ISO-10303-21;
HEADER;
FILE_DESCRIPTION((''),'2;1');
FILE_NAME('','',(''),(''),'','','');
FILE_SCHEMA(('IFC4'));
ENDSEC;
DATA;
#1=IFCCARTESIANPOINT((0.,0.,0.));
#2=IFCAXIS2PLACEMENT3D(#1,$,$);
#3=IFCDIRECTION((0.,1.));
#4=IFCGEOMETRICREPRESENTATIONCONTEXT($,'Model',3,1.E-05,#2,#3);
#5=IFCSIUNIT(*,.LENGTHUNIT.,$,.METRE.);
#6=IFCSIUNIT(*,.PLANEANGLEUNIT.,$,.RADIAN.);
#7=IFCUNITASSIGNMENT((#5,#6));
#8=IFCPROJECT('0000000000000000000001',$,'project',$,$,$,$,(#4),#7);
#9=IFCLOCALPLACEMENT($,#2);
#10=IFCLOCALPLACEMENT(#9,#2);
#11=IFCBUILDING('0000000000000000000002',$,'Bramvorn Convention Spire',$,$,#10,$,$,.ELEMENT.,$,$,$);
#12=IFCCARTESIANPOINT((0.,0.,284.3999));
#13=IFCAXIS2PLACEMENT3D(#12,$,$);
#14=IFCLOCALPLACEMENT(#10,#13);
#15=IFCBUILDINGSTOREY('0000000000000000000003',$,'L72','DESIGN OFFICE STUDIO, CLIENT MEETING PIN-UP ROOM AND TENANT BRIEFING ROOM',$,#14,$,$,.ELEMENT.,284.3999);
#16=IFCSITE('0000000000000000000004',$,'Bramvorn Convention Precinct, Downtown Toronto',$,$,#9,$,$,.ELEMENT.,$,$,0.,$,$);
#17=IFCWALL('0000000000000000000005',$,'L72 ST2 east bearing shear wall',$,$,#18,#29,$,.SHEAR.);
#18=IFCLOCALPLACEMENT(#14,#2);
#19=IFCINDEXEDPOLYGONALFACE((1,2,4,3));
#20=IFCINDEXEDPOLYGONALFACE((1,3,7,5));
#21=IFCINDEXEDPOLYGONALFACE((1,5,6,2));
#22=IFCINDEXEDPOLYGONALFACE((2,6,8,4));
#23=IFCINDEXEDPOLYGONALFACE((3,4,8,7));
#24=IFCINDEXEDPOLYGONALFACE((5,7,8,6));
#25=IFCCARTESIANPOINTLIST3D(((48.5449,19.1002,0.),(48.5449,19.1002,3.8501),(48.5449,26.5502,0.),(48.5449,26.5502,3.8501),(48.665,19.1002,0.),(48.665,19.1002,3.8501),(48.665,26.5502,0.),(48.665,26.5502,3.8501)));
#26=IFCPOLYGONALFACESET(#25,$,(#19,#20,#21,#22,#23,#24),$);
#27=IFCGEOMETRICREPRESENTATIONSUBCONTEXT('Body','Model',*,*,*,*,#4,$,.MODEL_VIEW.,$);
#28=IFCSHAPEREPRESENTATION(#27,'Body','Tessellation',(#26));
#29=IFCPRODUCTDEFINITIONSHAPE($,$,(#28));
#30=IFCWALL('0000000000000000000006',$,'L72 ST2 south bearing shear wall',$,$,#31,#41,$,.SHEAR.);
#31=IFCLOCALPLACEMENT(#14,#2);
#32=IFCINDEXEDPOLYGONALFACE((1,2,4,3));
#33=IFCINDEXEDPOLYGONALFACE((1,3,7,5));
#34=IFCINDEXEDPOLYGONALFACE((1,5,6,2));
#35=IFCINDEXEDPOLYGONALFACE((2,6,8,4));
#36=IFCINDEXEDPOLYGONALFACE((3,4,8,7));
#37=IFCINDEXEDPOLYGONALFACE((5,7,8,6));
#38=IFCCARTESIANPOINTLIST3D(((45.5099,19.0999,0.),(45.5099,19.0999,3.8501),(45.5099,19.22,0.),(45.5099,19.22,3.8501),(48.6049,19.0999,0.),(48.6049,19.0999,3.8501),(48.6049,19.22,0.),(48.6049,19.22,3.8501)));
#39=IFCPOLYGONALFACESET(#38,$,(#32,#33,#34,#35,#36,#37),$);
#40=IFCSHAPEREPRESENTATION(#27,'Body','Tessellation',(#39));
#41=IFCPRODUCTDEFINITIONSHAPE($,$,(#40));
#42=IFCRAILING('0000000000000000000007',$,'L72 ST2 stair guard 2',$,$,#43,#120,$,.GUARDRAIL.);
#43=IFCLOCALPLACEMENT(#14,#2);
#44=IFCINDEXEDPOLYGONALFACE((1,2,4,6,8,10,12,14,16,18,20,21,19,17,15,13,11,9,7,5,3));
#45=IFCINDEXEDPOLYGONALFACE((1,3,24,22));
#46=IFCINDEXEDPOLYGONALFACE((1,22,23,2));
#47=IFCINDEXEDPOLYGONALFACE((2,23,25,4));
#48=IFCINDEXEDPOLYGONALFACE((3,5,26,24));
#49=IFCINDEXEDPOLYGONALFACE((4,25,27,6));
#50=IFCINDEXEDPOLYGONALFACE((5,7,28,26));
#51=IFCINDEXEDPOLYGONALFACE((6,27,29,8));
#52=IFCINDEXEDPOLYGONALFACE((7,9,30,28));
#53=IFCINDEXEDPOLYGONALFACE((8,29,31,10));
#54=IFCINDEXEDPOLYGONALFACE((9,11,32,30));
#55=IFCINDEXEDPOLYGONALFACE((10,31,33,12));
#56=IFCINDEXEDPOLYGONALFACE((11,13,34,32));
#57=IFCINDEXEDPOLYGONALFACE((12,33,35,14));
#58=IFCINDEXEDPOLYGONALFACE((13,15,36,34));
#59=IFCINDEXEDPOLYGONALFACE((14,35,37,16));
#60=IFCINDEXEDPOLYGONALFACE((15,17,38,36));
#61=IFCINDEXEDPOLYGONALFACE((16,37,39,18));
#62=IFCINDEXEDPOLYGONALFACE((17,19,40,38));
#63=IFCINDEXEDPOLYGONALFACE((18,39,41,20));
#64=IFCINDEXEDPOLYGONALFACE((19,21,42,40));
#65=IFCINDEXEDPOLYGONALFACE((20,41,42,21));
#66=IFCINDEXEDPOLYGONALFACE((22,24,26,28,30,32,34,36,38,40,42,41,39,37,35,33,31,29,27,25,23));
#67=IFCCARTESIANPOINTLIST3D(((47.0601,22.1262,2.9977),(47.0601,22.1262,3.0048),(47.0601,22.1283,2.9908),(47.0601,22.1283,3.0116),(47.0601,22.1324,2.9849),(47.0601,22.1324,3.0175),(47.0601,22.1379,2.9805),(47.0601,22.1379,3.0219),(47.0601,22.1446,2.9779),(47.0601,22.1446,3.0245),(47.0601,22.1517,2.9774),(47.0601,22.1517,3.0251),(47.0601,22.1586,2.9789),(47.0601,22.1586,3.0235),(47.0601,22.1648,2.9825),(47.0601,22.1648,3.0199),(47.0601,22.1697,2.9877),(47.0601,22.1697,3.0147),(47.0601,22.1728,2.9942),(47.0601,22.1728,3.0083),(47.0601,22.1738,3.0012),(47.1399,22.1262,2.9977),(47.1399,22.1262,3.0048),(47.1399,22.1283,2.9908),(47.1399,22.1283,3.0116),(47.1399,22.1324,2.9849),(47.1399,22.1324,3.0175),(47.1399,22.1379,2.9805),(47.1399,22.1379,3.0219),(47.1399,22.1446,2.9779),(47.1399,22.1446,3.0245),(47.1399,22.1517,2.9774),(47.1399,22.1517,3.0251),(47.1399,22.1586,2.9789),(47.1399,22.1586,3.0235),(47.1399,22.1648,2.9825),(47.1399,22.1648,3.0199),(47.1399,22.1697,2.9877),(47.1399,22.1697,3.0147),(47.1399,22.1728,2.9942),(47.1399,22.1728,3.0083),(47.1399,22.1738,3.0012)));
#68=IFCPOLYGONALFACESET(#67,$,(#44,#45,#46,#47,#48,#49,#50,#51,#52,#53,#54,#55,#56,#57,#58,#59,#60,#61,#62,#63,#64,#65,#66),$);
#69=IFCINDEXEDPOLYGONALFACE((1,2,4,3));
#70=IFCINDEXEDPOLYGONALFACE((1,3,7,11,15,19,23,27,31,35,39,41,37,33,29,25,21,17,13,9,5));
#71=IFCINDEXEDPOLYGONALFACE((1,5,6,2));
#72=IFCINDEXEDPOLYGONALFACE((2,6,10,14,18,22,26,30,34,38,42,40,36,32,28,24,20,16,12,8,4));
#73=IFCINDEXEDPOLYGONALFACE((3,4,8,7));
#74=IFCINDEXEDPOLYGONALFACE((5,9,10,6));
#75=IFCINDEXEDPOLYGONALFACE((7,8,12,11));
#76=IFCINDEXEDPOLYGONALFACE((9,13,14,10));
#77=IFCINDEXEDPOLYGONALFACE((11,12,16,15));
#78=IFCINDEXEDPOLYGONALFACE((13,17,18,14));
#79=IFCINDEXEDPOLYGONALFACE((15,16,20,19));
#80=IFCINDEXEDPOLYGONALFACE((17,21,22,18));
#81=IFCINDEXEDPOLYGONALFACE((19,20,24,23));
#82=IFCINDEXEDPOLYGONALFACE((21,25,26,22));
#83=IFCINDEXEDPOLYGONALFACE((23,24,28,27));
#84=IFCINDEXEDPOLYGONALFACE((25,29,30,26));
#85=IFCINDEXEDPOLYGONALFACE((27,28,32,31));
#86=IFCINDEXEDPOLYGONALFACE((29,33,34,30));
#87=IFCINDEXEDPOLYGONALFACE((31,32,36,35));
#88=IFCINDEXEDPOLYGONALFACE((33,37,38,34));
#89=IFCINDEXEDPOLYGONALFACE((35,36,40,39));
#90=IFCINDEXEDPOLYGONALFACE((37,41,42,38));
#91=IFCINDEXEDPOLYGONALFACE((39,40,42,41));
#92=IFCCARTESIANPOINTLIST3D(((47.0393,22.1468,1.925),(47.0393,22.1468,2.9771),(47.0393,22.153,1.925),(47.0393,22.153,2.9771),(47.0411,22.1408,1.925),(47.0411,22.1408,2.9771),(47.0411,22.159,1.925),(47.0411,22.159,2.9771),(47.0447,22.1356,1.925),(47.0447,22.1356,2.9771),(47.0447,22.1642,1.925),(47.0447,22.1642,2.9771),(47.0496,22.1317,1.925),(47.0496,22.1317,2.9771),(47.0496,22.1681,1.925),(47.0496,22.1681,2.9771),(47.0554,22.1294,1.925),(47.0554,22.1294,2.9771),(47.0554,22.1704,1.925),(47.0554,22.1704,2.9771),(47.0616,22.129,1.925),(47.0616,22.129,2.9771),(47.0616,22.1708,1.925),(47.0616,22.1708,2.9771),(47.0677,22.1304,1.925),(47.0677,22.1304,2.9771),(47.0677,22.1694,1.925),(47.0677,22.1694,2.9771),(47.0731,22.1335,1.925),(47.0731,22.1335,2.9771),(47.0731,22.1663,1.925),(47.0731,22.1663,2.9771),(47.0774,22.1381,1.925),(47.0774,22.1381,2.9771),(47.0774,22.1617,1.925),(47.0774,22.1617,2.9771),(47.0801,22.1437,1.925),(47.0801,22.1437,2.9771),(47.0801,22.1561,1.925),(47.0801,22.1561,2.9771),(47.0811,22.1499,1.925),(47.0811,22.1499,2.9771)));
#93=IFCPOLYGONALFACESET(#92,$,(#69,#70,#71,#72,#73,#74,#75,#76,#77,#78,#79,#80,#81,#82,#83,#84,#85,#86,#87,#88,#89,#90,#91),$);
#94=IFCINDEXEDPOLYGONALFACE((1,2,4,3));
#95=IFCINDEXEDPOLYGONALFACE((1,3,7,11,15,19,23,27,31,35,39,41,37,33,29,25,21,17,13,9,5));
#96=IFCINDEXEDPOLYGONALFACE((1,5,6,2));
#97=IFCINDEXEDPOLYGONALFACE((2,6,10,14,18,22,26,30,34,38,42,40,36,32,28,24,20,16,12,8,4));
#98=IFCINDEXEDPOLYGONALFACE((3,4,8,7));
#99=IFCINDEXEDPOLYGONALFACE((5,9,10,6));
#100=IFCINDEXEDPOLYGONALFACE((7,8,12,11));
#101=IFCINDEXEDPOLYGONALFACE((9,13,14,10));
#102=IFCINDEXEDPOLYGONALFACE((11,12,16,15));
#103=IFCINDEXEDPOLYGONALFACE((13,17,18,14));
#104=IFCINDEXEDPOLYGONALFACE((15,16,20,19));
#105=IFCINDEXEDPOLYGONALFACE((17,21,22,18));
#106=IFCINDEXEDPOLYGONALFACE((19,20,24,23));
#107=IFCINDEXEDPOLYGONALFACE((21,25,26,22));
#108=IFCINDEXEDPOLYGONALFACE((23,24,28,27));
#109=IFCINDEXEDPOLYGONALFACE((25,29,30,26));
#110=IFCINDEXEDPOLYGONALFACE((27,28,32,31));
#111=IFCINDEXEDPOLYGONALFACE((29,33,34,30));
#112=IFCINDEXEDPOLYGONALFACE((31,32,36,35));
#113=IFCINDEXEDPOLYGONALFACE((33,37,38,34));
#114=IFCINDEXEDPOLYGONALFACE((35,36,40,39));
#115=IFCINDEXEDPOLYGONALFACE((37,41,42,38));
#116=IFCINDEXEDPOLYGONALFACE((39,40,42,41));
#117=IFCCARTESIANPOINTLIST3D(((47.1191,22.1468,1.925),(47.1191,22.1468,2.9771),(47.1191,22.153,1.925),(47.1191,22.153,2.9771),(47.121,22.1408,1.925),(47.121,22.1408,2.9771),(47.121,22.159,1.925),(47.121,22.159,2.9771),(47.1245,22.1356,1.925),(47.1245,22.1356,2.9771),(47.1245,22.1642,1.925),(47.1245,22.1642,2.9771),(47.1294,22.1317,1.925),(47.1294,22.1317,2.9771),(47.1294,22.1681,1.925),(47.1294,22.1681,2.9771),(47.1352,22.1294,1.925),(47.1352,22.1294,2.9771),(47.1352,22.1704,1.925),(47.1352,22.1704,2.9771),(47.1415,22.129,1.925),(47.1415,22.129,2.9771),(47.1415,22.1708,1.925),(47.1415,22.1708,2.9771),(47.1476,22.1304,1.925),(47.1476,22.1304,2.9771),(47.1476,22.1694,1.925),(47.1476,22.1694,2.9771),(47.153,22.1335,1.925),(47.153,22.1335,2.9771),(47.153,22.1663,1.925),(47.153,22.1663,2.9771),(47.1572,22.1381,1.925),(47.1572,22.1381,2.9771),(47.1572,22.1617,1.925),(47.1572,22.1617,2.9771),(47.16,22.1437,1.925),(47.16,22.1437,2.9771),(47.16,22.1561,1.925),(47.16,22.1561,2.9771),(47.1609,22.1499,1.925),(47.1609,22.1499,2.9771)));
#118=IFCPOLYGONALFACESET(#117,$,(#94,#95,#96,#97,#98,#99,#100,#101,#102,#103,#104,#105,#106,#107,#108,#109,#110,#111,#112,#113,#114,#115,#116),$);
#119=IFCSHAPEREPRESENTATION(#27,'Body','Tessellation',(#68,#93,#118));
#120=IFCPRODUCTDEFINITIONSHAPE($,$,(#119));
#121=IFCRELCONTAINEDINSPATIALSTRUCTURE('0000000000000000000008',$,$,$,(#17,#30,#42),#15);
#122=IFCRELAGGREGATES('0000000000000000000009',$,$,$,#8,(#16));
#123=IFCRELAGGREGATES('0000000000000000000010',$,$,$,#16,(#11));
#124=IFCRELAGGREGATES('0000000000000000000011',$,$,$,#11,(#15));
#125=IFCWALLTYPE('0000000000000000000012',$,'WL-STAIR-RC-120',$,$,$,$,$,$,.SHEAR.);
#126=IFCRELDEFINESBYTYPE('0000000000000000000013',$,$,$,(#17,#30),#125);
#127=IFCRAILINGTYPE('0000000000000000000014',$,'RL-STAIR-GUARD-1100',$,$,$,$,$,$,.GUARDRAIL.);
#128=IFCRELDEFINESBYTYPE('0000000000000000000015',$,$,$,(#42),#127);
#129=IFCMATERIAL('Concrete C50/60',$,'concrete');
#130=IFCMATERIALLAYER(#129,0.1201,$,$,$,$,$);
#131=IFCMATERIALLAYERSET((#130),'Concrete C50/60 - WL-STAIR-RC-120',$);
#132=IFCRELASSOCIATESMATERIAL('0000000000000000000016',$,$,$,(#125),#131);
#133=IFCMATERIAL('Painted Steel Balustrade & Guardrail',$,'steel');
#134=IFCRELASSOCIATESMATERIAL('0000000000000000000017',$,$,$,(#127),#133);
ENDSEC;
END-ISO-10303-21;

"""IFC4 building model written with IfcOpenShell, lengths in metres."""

from ifc_helpers import new_model, si_unit, direction, frame, frame_2d, origin, origin_2d, place, context, subcontext, project, spatial, rectangle, circle, extrude, material, layer, layer_set, type_object, element, save


model = new_model("IFC4")

# Units and contexts
model_context = context("Model", 3, precision=1e-05, world=origin(), true_north=direction((0.0, 1.0)))
body_context = subcontext(model_context, "Body", "Model", "MODEL_VIEW")
ifc_project = project(units=[si_unit("LENGTHUNIT", "METRE"), si_unit("PLANEANGLEUNIT", "RADIAN")], contexts=[model_context])

# Site, building, storey
site_placement = place(None, origin())
site = spatial("IfcSite", under=ifc_project, at=site_placement, Name="Bramvorn Convention Precinct, Downtown Toronto", CompositionType="ELEMENT", RefElevation=0.0)
building_placement = place(site_placement, origin())
building = spatial("IfcBuilding", under=site, at=building_placement, Name="Bramvorn Convention Spire", CompositionType="ELEMENT")
storey_placement = place(building_placement, frame((0.0, 0.0, 284.3999)))
storey = spatial("IfcBuildingStorey", under=building, at=storey_placement, Name="L72", Description="DESIGN OFFICE STUDIO, CLIENT MEETING PIN-UP ROOM AND TENANT BRIEFING ROOM", CompositionType="ELEMENT", Elevation=284.3999)

# Shared definitions
ifc_material_1 = material(Name="Concrete C50/60", Category="concrete")

# Walls
ifc_layer_1 = layer(ifc_material_1, 0.1201)
ifc_layer_set_1 = layer_set([ifc_layer_1], Name="Concrete C50/60 - WL-STAIR-RC-120")
wall_type_1 = type_object("IfcWallType", Name="WL-STAIR-RC-120", PredefinedType="SHEAR", material=ifc_layer_set_1)
wall_1_placement = place(storey_placement, frame((48.605, 19.1001, 0.0), z_axis=(0.0, 0.0, 1.0), x_axis=(0.0, 1.0, 0.0)))
element("IfcWall", 1, at=wall_1_placement, inside=storey, type_object=wall_type_1, Name="L72 ST2 east bearing shear wall", PredefinedType="SHEAR", context=body_context, shape_type="SweptSolid", body=[
    extrude(rectangle(XDim=7.45, YDim=0.1201, at=frame_2d((3.7251, 0.0))), origin(), (0.0, 0.0, 1.0), 3.8501),
])
wall_2_placement = place(storey_placement, frame((45.51, 19.1599, 0.0), z_axis=(0.0, 0.0, 1.0), x_axis=(1.0, 0.0, 0.0)))
element("IfcWall", 2, at=wall_2_placement, inside=storey, type_object=wall_type_1, Name="L72 ST2 south bearing shear wall", PredefinedType="SHEAR", context=body_context, shape_type="SweptSolid", body=[
    extrude(rectangle(XDim=3.095, YDim=0.1201, at=frame_2d((1.5474, 0.0))), origin(), (0.0, 0.0, 1.0), 3.8501),
])

# Railing
ifc_material_2 = material(Name="Painted Steel Balustrade & Guardrail", Category="steel")
railing_type = type_object("IfcRailingType", Name="RL-STAIR-GUARD-1100", PredefinedType="GUARDRAIL", material=ifc_material_2)
railing_1_placement = place(storey_placement, frame((47.0601, 22.1499, 1.925)))
element("IfcRailing", 3, at=railing_1_placement, inside=storey, type_object=railing_type, Name="L72 ST2 stair guard 2", PredefinedType="GUARDRAIL", context=body_context, shape_type="SweptSolid", body=[
    extrude(circle(Radius=0.0239, at=origin_2d()), frame((0.0, 0.0, 1.0762), z_axis=(1.0, 0.0, 0.0), x_axis=(0.0, 1.0, 0.0)), (0.0, 0.0, 1.0), 0.0798),
    extrude(circle(Radius=0.021, at=origin_2d()), origin(), (0.0, 0.0, 1.0), 1.052),
    extrude(circle(Radius=0.021, at=origin_2d()), frame((0.0798, 0.0, 0.0)), (0.0, 0.0, 1.0), 1.052),
])

save(model, "model.ifc")
